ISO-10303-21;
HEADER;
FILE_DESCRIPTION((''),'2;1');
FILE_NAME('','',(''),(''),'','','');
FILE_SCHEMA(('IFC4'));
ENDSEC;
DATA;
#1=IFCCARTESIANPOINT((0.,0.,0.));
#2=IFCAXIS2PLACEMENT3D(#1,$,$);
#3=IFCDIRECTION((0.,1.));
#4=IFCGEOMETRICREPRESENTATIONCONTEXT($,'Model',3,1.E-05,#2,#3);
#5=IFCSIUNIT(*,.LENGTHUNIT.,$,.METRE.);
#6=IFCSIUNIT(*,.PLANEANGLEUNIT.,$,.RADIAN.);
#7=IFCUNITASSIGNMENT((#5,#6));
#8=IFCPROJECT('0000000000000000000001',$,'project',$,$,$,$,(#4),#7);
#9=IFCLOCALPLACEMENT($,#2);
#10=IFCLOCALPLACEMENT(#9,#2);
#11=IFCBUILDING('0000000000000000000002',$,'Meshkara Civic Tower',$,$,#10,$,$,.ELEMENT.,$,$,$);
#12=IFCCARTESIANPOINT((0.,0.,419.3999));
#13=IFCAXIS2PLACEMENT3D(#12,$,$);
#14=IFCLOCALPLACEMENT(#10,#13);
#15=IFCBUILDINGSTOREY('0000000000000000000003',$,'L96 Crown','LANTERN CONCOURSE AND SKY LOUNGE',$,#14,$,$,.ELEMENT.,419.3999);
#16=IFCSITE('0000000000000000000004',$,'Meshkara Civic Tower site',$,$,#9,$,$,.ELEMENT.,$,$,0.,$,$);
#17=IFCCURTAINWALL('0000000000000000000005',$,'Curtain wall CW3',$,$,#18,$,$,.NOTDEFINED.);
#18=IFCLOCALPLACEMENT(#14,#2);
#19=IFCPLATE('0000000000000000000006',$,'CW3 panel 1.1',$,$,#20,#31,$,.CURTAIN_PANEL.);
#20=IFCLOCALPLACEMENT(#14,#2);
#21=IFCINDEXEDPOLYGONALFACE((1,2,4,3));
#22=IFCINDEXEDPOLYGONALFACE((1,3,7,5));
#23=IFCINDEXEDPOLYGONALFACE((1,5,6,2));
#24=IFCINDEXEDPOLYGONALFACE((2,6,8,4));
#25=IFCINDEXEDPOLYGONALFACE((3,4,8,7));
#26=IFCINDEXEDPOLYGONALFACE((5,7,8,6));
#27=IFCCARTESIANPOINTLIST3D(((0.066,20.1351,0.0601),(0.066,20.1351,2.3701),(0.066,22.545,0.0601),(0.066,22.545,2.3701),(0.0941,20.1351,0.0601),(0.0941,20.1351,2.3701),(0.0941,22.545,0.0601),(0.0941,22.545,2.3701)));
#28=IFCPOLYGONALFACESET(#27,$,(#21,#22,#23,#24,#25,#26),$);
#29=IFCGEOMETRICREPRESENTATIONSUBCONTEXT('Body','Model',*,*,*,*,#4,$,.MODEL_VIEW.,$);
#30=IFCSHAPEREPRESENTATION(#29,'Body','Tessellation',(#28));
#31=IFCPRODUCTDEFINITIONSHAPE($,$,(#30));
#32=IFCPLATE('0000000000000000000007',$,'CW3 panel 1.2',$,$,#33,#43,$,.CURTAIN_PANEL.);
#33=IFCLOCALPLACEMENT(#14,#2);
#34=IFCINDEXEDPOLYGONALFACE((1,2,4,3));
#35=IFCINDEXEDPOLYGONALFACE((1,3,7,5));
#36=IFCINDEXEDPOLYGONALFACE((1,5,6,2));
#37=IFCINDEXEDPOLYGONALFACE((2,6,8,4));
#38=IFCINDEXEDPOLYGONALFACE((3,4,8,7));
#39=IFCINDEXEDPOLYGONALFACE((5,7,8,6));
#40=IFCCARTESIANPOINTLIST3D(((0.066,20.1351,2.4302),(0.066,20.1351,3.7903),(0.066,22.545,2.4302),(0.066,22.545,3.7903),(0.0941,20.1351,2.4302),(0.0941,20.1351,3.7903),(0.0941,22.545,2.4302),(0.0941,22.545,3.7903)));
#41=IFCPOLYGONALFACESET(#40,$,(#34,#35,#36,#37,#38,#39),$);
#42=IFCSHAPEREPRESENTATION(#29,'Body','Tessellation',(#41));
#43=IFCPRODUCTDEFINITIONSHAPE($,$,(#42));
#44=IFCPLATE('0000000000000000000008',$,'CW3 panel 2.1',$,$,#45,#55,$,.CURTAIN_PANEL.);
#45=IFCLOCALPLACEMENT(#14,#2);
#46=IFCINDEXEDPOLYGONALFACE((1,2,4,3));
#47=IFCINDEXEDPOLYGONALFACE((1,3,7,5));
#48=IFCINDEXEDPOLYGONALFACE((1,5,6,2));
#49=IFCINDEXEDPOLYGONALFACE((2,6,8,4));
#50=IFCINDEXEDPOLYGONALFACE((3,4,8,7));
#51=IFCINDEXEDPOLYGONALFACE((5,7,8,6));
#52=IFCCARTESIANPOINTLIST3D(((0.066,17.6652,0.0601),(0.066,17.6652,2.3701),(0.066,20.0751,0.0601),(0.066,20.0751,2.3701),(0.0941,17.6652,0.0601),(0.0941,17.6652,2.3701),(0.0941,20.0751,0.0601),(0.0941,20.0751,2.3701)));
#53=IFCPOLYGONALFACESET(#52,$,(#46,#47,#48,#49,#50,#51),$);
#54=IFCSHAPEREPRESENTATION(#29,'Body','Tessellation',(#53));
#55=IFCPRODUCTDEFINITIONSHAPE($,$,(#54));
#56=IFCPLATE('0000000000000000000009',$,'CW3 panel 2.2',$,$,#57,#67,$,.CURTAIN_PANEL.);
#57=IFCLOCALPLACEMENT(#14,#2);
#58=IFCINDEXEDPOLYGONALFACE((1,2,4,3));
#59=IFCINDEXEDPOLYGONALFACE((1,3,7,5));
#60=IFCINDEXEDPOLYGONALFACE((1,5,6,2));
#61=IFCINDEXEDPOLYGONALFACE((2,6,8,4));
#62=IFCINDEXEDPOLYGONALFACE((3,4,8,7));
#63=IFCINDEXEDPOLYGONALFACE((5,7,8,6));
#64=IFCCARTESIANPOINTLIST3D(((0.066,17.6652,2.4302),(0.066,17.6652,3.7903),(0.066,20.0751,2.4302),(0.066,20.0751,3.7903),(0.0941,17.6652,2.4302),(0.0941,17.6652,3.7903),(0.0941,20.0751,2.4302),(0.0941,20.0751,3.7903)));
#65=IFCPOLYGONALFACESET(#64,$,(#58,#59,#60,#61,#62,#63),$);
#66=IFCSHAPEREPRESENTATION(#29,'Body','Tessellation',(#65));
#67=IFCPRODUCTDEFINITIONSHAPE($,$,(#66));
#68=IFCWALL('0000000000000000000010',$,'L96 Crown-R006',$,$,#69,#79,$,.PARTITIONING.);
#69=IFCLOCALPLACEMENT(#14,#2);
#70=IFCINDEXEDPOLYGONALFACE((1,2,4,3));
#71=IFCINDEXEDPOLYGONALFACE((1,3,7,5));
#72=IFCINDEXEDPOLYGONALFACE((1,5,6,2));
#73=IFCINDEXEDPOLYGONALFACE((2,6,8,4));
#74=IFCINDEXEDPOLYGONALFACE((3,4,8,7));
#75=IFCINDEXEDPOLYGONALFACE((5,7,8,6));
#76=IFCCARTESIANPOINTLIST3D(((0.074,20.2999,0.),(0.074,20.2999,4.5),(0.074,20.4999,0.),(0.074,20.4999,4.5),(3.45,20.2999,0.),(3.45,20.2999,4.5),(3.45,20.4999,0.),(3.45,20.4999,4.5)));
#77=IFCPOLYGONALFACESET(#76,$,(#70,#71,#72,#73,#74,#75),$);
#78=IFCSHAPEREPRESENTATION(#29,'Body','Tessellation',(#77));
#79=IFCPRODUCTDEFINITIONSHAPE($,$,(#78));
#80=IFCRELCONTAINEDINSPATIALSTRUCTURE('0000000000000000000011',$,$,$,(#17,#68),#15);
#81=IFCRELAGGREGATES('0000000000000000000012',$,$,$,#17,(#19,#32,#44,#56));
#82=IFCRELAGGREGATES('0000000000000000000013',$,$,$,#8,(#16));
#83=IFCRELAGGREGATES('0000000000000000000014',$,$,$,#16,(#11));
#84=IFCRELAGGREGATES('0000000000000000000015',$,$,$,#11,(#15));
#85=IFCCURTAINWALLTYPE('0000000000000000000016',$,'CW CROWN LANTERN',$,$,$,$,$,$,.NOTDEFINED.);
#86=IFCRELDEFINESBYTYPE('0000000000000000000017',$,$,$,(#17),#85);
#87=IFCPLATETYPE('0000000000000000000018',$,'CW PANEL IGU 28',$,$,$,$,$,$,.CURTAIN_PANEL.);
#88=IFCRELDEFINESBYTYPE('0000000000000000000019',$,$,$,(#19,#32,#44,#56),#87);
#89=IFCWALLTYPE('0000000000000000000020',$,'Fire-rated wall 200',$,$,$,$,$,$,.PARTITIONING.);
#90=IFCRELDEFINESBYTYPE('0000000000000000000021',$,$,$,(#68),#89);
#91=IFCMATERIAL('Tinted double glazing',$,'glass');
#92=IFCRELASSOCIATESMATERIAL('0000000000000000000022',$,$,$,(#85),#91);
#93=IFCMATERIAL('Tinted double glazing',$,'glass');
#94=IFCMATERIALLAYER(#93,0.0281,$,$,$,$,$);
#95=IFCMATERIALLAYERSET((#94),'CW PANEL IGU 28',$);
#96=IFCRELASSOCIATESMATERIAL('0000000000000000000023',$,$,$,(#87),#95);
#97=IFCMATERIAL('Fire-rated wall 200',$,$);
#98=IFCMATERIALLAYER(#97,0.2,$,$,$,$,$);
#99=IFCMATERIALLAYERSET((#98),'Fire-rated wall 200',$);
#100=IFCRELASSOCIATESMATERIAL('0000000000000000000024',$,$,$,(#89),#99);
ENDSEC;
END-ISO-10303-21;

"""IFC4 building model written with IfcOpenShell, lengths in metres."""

from ifc_helpers import new_model, si_unit, direction, frame, frame_2d, origin, origin_2d, place, context, subcontext, project, spatial, rectangle, extrude, material, layer, layer_set, type_object, element, aggregate, save


model = new_model("IFC4")

# Units and contexts
model_context = context("Model", 3, precision=1e-05, world=origin(), true_north=direction((0.0, 1.0)))
body_context = subcontext(model_context, "Body", "Model", "MODEL_VIEW")
ifc_project = project(units=[si_unit("LENGTHUNIT", "METRE"), si_unit("PLANEANGLEUNIT", "RADIAN")], contexts=[model_context])

# Site, building, storey
site_placement = place(None, origin())
site = spatial("IfcSite", under=ifc_project, at=site_placement, Name="Meshkara Civic Tower site", CompositionType="ELEMENT", RefElevation=0.0)
building_placement = place(site_placement, origin())
building = spatial("IfcBuilding", under=site, at=building_placement, Name="Meshkara Civic Tower", CompositionType="ELEMENT")
storey_placement = place(building_placement, frame((0.0, 0.0, 419.3999)))
storey = spatial("IfcBuildingStorey", under=building, at=storey_placement, Name="L96 Crown", Description="LANTERN CONCOURSE AND SKY LOUNGE", CompositionType="ELEMENT", Elevation=419.3999)

# Curtain wall
ifc_material_1 = material(Name="Tinted double glazing", Category="glass")
curtain_wall_type = type_object("IfcCurtainWallType", Name="CW CROWN LANTERN", PredefinedType="NOTDEFINED", material=ifc_material_1)
curtain_wall_1_placement = place(storey_placement, origin())
curtain_wall_1 = element("IfcCurtainWall", 1, at=curtain_wall_1_placement, inside=storey, type_object=curtain_wall_type, Name="Curtain wall CW3", PredefinedType="NOTDEFINED")

# Plates
ifc_material_2 = material(Name="Tinted double glazing", Category="glass")
ifc_layer_1 = layer(ifc_material_2, 0.0281)
ifc_layer_set_1 = layer_set([ifc_layer_1], Name="CW PANEL IGU 28")
plate_type = type_object("IfcPlateType", Name="CW PANEL IGU 28", PredefinedType="CURTAIN_PANEL", material=ifc_layer_set_1)
plate_1_placement = place(storey_placement, frame((0.0801, 21.3401, 0.0601), z_axis=(0.0, 0.0, 1.0), x_axis=(0.0, -1.0, 0.0)))
plate_1 = element("IfcPlate", 2, at=plate_1_placement, type_object=plate_type, Name="CW3 panel 1.1", PredefinedType="CURTAIN_PANEL", context=body_context, shape_type="SweptSolid", body=[
    extrude(rectangle(XDim=2.4099, YDim=0.0281, at=origin_2d()), origin(), (0.0, 0.0, 1.0), 2.3101),
])
plate_2_placement = place(storey_placement, frame((0.0801, 21.3401, 2.4302), z_axis=(0.0, 0.0, 1.0), x_axis=(0.0, -1.0, 0.0)))
plate_2 = element("IfcPlate", 3, at=plate_2_placement, type_object=plate_type, Name="CW3 panel 1.2", PredefinedType="CURTAIN_PANEL", context=body_context, shape_type="SweptSolid", body=[
    extrude(rectangle(XDim=2.4099, YDim=0.0281, at=origin_2d()), origin(), (0.0, 0.0, 1.0), 1.3601),
])
plate_3_placement = place(storey_placement, frame((0.0801, 18.8701, 0.0601), z_axis=(0.0, 0.0, 1.0), x_axis=(0.0, -1.0, 0.0)))
plate_3 = element("IfcPlate", 4, at=plate_3_placement, type_object=plate_type, Name="CW3 panel 2.1", PredefinedType="CURTAIN_PANEL", context=body_context, shape_type="SweptSolid", body=[
    extrude(rectangle(XDim=2.4099, YDim=0.0281, at=origin_2d()), origin(), (0.0, 0.0, 1.0), 2.3101),
])
plate_4_placement = place(storey_placement, frame((0.0801, 18.8701, 2.4302), z_axis=(0.0, 0.0, 1.0), x_axis=(0.0, -1.0, 0.0)))
plate_4 = element("IfcPlate", 5, at=plate_4_placement, type_object=plate_type, Name="CW3 panel 2.2", PredefinedType="CURTAIN_PANEL", context=body_context, shape_type="SweptSolid", body=[
    extrude(rectangle(XDim=2.4099, YDim=0.0281, at=origin_2d()), origin(), (0.0, 0.0, 1.0), 1.3601),
])
aggregate(curtain_wall_1, [plate_1, plate_2, plate_3, plate_4])

# Wall
ifc_material_3 = material(Name="Fire-rated wall 200")
ifc_layer_2 = layer(ifc_material_3, 0.2)
ifc_layer_set_2 = layer_set([ifc_layer_2], Name="Fire-rated wall 200")
wall_type = type_object("IfcWallType", Name="Fire-rated wall 200", PredefinedType="PARTITIONING", material=ifc_layer_set_2)
wall_placement = place(storey_placement, frame((3.45, 20.3999, 0.0), z_axis=(0.0, 0.0, 1.0), x_axis=(-1.0, 0.0, 0.0)))
element("IfcWall", 6, at=wall_placement, inside=storey, type_object=wall_type, Name="L96 Crown-R006", PredefinedType="PARTITIONING", context=body_context, shape_type="SweptSolid", body=[
    extrude(rectangle(XDim=3.376, YDim=0.2, at=frame_2d((1.688, 0.0))), origin(), (0.0, 0.0, 1.0), 4.5),
])

save(model, "model.ifc")
